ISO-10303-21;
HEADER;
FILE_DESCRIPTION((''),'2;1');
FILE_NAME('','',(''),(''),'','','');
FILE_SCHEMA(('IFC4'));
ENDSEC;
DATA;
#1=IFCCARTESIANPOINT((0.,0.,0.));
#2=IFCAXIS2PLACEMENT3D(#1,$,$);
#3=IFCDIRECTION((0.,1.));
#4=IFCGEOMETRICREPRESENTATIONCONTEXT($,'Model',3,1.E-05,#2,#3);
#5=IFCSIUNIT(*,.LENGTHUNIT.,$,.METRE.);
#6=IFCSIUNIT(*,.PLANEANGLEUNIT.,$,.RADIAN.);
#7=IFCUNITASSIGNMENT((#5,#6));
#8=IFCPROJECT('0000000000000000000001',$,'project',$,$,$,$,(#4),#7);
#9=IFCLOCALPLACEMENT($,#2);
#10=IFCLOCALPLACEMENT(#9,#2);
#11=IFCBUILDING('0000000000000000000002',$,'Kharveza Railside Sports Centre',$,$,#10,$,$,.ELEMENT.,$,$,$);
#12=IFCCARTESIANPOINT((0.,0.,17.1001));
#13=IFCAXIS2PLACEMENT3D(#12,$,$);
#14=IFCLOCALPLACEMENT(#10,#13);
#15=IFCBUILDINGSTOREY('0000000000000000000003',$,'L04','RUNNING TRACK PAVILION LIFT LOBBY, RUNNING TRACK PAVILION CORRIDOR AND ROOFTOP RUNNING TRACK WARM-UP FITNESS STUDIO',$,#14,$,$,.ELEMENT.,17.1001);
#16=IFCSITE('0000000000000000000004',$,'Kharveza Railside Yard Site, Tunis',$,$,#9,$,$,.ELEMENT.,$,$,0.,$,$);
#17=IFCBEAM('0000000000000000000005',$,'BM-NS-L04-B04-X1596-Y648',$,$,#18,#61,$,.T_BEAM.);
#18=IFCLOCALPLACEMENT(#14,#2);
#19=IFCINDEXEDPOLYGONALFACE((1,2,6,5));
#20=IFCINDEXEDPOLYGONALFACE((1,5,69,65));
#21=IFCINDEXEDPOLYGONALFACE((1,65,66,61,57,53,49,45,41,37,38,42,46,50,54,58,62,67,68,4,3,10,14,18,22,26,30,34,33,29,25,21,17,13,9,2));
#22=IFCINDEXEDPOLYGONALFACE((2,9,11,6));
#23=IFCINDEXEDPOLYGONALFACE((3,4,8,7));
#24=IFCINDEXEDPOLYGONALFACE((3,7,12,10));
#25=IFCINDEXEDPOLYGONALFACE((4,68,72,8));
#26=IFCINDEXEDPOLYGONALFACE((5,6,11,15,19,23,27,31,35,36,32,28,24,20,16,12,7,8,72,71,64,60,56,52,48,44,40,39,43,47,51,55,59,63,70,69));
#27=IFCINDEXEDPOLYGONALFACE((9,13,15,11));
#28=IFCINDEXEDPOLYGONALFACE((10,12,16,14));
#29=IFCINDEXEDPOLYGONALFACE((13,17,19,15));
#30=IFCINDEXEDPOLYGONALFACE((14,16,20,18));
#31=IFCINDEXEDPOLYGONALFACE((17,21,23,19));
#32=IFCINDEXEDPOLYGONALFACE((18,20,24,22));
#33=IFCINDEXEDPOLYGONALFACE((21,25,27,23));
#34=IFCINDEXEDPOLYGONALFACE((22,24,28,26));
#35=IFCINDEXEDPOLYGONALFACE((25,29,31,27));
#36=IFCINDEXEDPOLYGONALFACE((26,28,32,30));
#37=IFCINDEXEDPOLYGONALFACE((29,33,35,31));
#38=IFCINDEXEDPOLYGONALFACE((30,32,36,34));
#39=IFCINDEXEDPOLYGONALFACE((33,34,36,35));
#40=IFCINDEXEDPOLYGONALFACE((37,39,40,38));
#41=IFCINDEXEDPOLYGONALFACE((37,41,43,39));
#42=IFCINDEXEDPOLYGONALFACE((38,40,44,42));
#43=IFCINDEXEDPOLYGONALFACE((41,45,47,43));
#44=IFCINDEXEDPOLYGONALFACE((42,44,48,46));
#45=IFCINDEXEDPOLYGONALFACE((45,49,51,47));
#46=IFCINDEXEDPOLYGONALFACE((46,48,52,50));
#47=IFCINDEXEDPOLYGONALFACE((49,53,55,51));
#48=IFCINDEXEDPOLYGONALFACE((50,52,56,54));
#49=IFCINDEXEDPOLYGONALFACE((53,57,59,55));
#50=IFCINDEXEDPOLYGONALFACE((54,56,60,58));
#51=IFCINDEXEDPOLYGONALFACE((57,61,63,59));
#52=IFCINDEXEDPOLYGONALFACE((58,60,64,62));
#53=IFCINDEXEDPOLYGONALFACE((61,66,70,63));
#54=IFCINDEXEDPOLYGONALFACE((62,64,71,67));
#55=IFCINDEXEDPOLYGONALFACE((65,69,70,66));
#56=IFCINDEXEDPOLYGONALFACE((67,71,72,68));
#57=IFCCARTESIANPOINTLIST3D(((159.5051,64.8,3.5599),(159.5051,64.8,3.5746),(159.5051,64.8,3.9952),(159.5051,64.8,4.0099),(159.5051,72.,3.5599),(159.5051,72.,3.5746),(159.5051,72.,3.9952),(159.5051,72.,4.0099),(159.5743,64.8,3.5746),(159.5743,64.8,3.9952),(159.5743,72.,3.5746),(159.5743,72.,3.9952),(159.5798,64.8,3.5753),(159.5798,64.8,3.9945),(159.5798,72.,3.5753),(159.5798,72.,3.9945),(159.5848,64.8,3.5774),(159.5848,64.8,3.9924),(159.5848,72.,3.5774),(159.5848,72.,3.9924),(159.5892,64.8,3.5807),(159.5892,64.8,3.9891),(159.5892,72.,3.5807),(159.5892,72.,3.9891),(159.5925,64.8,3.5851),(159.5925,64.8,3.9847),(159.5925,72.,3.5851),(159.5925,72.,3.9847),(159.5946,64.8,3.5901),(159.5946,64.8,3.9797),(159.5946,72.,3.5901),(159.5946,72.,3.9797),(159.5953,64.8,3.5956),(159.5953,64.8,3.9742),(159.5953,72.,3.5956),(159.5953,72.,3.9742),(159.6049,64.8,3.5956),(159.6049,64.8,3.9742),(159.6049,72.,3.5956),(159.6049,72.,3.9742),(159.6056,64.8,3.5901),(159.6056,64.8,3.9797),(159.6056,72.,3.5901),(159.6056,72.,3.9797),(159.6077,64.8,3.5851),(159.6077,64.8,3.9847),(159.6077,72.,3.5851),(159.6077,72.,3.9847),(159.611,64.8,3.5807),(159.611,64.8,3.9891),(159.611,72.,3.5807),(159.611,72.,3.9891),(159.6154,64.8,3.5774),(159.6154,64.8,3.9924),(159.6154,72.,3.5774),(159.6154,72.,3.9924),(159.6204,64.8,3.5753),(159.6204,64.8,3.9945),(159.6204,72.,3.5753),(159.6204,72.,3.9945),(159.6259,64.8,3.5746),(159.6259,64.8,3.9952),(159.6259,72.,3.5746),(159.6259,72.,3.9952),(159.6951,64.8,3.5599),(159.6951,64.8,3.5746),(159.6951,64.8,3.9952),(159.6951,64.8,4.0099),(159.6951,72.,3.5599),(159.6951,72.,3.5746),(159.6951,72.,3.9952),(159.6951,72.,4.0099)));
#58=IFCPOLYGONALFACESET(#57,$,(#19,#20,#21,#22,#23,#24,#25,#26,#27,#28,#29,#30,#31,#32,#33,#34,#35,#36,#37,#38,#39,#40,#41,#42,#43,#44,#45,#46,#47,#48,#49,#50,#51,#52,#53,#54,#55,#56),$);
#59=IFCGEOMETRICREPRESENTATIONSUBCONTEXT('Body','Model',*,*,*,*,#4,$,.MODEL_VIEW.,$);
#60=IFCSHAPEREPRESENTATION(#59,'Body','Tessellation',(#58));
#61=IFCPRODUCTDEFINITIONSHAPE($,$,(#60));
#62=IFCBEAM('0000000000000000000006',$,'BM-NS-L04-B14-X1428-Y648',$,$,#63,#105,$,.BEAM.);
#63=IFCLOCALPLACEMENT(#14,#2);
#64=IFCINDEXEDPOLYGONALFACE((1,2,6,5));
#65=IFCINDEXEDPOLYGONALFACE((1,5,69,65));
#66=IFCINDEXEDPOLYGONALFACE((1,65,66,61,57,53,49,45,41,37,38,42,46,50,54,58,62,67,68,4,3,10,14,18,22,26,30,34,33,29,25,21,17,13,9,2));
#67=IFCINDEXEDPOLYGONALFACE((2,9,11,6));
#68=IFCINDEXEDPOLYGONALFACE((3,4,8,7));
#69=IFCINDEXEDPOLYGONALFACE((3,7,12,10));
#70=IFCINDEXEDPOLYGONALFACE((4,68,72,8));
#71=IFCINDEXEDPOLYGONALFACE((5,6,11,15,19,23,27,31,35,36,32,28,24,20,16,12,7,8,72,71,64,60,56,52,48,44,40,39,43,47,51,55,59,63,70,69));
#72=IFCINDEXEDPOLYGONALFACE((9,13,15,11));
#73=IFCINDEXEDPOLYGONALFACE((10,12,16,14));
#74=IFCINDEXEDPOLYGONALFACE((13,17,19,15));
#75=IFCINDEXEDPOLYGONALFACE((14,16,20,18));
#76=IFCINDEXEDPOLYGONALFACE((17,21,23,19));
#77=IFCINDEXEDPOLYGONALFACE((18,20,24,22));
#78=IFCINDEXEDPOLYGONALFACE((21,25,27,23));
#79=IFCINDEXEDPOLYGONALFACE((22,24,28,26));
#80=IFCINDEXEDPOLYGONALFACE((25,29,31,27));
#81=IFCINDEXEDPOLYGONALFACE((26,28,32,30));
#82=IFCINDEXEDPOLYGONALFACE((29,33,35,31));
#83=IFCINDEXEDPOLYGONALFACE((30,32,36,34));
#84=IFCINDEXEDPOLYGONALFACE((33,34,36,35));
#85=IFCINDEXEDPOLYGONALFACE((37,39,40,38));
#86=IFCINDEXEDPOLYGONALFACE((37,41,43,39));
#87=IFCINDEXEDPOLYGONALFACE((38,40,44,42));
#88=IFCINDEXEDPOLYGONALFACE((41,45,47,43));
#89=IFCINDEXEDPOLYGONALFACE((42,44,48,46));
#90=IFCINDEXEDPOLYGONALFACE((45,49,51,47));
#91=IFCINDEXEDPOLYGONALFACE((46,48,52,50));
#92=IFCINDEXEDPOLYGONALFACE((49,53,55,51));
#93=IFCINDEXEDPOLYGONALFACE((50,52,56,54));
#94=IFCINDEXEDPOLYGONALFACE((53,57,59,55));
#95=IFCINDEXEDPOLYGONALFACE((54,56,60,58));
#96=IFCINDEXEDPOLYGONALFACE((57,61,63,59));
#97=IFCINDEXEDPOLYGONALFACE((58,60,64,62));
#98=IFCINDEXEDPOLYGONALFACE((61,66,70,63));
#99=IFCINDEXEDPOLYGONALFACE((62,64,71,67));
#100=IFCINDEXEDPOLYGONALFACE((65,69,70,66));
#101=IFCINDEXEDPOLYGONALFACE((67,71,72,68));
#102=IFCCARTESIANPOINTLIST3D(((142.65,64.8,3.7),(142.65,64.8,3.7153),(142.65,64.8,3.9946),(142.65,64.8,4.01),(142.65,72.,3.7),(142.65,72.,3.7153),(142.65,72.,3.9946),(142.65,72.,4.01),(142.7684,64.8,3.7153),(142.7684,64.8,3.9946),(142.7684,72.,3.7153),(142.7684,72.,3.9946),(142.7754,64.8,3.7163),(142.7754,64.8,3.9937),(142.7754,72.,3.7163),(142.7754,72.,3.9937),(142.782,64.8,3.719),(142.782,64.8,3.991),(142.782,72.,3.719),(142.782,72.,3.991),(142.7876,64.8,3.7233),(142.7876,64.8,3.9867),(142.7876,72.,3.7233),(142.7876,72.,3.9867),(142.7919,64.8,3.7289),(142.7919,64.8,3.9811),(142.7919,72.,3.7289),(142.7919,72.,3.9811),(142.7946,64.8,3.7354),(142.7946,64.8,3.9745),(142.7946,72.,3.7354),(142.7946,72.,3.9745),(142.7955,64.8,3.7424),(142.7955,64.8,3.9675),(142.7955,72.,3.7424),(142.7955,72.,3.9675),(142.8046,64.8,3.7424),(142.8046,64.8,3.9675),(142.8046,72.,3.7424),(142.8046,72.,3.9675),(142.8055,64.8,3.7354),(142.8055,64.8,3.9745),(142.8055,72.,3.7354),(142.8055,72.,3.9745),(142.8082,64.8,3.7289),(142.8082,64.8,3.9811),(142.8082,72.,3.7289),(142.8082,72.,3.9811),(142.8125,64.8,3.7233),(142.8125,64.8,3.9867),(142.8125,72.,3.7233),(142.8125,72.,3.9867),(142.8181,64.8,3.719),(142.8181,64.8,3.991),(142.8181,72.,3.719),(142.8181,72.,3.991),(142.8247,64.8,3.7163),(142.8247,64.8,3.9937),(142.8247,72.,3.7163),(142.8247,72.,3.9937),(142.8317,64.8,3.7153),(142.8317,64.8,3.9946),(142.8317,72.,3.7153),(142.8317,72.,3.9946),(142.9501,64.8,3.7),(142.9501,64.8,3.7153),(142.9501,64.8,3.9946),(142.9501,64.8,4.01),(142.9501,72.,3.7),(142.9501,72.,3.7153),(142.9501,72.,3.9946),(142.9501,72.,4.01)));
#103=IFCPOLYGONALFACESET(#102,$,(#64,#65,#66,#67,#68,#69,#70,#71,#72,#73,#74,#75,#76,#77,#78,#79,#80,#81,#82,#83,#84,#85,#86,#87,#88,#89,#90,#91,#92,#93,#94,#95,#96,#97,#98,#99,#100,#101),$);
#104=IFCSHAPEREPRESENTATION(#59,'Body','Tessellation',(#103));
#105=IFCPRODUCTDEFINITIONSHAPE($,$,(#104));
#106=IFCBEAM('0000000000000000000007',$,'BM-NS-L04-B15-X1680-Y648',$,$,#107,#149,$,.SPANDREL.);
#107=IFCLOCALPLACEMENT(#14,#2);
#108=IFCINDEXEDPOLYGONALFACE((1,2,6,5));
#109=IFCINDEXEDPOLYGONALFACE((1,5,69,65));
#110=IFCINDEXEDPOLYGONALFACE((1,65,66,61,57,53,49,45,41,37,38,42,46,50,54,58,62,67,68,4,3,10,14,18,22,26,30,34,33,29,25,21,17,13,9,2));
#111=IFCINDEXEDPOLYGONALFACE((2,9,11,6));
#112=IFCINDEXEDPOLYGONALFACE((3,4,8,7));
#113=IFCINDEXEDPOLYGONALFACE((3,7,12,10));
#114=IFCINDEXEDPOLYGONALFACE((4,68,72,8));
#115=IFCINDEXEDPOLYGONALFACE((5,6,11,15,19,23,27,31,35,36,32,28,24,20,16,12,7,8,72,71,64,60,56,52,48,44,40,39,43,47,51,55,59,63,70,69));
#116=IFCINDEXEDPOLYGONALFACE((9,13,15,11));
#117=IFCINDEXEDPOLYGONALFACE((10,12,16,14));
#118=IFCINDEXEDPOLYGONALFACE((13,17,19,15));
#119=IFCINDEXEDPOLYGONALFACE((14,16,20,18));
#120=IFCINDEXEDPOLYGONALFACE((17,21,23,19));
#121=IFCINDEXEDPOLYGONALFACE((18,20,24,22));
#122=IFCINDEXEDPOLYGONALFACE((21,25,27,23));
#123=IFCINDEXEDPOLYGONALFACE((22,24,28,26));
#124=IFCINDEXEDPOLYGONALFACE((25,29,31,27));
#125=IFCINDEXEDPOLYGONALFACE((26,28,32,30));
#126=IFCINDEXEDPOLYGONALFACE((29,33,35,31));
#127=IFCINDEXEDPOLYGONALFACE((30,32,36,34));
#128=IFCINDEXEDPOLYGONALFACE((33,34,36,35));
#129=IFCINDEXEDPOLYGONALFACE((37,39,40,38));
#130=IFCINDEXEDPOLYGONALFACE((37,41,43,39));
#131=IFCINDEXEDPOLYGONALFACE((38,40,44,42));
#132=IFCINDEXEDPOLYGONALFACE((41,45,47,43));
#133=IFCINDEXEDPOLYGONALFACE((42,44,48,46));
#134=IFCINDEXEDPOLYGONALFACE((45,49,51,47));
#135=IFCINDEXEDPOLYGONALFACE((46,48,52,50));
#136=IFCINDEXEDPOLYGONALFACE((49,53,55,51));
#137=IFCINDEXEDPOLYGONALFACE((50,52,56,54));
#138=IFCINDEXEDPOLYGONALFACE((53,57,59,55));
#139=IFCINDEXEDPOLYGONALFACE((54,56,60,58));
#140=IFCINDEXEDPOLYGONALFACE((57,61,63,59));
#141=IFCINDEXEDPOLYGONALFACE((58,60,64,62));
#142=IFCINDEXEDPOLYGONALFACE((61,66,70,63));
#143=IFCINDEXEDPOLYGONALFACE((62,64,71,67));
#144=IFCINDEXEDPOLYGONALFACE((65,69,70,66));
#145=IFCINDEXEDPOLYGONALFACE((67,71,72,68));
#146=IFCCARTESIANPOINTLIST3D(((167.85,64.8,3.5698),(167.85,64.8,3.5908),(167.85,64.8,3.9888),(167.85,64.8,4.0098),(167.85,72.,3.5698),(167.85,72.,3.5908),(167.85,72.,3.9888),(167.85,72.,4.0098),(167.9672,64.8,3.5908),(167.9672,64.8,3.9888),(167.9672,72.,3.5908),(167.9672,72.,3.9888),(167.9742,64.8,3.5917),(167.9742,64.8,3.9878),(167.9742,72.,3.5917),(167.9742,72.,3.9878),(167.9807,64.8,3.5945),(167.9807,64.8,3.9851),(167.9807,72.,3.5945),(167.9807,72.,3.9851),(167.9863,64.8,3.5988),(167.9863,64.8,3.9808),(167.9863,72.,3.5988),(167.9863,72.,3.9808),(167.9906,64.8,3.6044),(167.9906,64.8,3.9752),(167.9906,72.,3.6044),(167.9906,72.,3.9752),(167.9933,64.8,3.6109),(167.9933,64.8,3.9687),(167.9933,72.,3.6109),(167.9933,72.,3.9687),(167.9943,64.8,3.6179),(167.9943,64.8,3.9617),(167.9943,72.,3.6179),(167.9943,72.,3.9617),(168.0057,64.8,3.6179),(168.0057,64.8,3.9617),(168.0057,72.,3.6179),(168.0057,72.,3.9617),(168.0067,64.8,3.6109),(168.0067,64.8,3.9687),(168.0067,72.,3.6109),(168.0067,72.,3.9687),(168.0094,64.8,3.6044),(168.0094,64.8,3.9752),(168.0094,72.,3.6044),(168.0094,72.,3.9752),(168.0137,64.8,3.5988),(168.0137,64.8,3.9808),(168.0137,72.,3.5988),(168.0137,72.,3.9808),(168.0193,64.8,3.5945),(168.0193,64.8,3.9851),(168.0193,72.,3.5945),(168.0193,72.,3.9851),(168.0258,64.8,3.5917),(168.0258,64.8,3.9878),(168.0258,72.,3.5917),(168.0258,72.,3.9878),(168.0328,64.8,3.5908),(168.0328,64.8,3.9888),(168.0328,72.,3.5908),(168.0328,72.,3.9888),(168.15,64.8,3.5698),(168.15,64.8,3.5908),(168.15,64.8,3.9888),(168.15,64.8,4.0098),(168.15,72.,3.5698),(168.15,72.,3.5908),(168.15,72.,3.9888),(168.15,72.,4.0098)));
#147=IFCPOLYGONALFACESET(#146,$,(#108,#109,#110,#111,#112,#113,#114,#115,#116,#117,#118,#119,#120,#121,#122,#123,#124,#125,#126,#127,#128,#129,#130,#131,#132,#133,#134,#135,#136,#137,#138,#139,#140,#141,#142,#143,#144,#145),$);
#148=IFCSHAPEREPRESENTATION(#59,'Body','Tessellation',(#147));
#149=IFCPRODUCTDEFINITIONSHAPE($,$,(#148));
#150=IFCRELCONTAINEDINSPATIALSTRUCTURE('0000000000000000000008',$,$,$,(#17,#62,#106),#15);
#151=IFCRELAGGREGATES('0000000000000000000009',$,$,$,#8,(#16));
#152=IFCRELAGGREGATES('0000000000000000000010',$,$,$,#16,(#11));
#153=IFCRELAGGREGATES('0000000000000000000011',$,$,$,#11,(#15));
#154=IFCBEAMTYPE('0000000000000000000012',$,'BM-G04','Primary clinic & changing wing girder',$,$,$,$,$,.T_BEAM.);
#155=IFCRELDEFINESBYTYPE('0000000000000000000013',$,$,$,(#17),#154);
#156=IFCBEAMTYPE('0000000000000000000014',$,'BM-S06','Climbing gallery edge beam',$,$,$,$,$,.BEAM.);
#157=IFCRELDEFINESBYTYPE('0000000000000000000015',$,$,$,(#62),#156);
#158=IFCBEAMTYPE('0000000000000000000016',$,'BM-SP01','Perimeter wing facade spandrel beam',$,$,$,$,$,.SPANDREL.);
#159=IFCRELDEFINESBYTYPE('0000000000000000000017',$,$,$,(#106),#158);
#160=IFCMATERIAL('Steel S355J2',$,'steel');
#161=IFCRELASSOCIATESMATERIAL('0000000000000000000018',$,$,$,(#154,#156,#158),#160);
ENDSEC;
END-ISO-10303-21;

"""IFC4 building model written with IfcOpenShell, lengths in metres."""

from ifc_helpers import new_model, si_unit, direction, frame, origin, origin_2d, place, context, subcontext, project, spatial, i_section, extrude, material, material_profile, profile_set, type_object, element, save


model = new_model("IFC4")

# Units and contexts
model_context = context("Model", 3, precision=1e-05, world=origin(), true_north=direction((0.0, 1.0)))
body_context = subcontext(model_context, "Body", "Model", "MODEL_VIEW")
ifc_project = project(units=[si_unit("LENGTHUNIT", "METRE"), si_unit("PLANEANGLEUNIT", "RADIAN")], contexts=[model_context])

# Site, building, storey
site_placement = place(None, origin())
site = spatial("IfcSite", under=ifc_project, at=site_placement, Name="Kharveza Railside Yard Site, Tunis", CompositionType="ELEMENT", RefElevation=0.0)
building_placement = place(site_placement, origin())
building = spatial("IfcBuilding", under=site, at=building_placement, Name="Kharveza Railside Sports Centre", CompositionType="ELEMENT")
storey_placement = place(building_placement, frame((0.0, 0.0, 17.1001)))
storey = spatial("IfcBuildingStorey", under=building, at=storey_placement, Name="L04", Description="RUNNING TRACK PAVILION LIFT LOBBY, RUNNING TRACK PAVILION CORRIDOR AND ROOFTOP RUNNING TRACK WARM-UP FITNESS STUDIO", CompositionType="ELEMENT", Elevation=17.1001)

# Shared definitions
ifc_material_1 = material(Name="Steel S355J2", Category="steel")

# Beams
ifc_material_profile_1 = material_profile(ifc_material_1, i_section(OverallWidth=0.1899, OverallDepth=0.45, WebThickness=0.0095, FlangeThickness=0.0146, FilletRadius=0.021, at=origin_2d()), Name="IPE 450")
ifc_profile_set_1 = profile_set([ifc_material_profile_1], Name="Steel S355J2")
beam_type_1 = type_object("IfcBeamType", Name="BM-G04", Description="Primary clinic & changing wing girder", PredefinedType="T_BEAM", material=ifc_profile_set_1)
beam_1_placement = place(storey_placement, frame((159.6001, 64.8, 3.7849), z_axis=(0.0, 1.0, 0.0), x_axis=(-1.0, 0.0, 0.0)))
element("IfcBeam", 1, at=beam_1_placement, inside=storey, type_object=beam_type_1, Name="BM-NS-L04-B04-X1596-Y648", PredefinedType="T_BEAM", context=body_context, shape_type="SweptSolid", body=[
    extrude(i_section(OverallWidth=0.1899, OverallDepth=0.45, WebThickness=0.0095, FlangeThickness=0.0146, FilletRadius=0.021, at=origin_2d()), origin(), (0.0, 0.0, 1.0), 7.2),
])
ifc_material_profile_2 = material_profile(ifc_material_1, i_section(OverallWidth=0.3, OverallDepth=0.3101, WebThickness=0.009, FlangeThickness=0.0154, FilletRadius=0.0271, at=origin_2d()), Name="HEA 320")
ifc_profile_set_2 = profile_set([ifc_material_profile_2], Name="Steel S355J2")
beam_type_2 = type_object("IfcBeamType", Name="BM-S06", Description="Climbing gallery edge beam", PredefinedType="BEAM", material=ifc_profile_set_2)
beam_2_placement = place(storey_placement, frame((142.8, 64.8, 3.855), z_axis=(0.0, 1.0, 0.0), x_axis=(-1.0, 0.0, 0.0)))
element("IfcBeam", 2, at=beam_2_placement, inside=storey, type_object=beam_type_2, Name="BM-NS-L04-B14-X1428-Y648", PredefinedType="BEAM", context=body_context, shape_type="SweptSolid", body=[
    extrude(i_section(OverallWidth=0.3, OverallDepth=0.3101, WebThickness=0.009, FlangeThickness=0.0154, FilletRadius=0.0271, at=origin_2d()), origin(), (0.0, 0.0, 1.0), 7.2),
])
ifc_material_profile_3 = material_profile(ifc_material_1, i_section(OverallWidth=0.3, OverallDepth=0.4399, WebThickness=0.0115, FlangeThickness=0.021, FilletRadius=0.0271, at=origin_2d()), Name="HEA 450")
ifc_profile_set_3 = profile_set([ifc_material_profile_3], Name="Steel S355J2")
beam_type_3 = type_object("IfcBeamType", Name="BM-SP01", Description="Perimeter wing facade spandrel beam", PredefinedType="SPANDREL", material=ifc_profile_set_3)
beam_3_placement = place(storey_placement, frame((168.0, 64.8, 3.7898), z_axis=(0.0, 1.0, 0.0), x_axis=(-1.0, 0.0, 0.0)))
element("IfcBeam", 3, at=beam_3_placement, inside=storey, type_object=beam_type_3, Name="BM-NS-L04-B15-X1680-Y648", PredefinedType="SPANDREL", context=body_context, shape_type="SweptSolid", body=[
    extrude(i_section(OverallWidth=0.3, OverallDepth=0.4399, WebThickness=0.0115, FlangeThickness=0.021, FilletRadius=0.0271, at=origin_2d()), origin(), (0.0, 0.0, 1.0), 7.2),
])

save(model, "model.ifc")
